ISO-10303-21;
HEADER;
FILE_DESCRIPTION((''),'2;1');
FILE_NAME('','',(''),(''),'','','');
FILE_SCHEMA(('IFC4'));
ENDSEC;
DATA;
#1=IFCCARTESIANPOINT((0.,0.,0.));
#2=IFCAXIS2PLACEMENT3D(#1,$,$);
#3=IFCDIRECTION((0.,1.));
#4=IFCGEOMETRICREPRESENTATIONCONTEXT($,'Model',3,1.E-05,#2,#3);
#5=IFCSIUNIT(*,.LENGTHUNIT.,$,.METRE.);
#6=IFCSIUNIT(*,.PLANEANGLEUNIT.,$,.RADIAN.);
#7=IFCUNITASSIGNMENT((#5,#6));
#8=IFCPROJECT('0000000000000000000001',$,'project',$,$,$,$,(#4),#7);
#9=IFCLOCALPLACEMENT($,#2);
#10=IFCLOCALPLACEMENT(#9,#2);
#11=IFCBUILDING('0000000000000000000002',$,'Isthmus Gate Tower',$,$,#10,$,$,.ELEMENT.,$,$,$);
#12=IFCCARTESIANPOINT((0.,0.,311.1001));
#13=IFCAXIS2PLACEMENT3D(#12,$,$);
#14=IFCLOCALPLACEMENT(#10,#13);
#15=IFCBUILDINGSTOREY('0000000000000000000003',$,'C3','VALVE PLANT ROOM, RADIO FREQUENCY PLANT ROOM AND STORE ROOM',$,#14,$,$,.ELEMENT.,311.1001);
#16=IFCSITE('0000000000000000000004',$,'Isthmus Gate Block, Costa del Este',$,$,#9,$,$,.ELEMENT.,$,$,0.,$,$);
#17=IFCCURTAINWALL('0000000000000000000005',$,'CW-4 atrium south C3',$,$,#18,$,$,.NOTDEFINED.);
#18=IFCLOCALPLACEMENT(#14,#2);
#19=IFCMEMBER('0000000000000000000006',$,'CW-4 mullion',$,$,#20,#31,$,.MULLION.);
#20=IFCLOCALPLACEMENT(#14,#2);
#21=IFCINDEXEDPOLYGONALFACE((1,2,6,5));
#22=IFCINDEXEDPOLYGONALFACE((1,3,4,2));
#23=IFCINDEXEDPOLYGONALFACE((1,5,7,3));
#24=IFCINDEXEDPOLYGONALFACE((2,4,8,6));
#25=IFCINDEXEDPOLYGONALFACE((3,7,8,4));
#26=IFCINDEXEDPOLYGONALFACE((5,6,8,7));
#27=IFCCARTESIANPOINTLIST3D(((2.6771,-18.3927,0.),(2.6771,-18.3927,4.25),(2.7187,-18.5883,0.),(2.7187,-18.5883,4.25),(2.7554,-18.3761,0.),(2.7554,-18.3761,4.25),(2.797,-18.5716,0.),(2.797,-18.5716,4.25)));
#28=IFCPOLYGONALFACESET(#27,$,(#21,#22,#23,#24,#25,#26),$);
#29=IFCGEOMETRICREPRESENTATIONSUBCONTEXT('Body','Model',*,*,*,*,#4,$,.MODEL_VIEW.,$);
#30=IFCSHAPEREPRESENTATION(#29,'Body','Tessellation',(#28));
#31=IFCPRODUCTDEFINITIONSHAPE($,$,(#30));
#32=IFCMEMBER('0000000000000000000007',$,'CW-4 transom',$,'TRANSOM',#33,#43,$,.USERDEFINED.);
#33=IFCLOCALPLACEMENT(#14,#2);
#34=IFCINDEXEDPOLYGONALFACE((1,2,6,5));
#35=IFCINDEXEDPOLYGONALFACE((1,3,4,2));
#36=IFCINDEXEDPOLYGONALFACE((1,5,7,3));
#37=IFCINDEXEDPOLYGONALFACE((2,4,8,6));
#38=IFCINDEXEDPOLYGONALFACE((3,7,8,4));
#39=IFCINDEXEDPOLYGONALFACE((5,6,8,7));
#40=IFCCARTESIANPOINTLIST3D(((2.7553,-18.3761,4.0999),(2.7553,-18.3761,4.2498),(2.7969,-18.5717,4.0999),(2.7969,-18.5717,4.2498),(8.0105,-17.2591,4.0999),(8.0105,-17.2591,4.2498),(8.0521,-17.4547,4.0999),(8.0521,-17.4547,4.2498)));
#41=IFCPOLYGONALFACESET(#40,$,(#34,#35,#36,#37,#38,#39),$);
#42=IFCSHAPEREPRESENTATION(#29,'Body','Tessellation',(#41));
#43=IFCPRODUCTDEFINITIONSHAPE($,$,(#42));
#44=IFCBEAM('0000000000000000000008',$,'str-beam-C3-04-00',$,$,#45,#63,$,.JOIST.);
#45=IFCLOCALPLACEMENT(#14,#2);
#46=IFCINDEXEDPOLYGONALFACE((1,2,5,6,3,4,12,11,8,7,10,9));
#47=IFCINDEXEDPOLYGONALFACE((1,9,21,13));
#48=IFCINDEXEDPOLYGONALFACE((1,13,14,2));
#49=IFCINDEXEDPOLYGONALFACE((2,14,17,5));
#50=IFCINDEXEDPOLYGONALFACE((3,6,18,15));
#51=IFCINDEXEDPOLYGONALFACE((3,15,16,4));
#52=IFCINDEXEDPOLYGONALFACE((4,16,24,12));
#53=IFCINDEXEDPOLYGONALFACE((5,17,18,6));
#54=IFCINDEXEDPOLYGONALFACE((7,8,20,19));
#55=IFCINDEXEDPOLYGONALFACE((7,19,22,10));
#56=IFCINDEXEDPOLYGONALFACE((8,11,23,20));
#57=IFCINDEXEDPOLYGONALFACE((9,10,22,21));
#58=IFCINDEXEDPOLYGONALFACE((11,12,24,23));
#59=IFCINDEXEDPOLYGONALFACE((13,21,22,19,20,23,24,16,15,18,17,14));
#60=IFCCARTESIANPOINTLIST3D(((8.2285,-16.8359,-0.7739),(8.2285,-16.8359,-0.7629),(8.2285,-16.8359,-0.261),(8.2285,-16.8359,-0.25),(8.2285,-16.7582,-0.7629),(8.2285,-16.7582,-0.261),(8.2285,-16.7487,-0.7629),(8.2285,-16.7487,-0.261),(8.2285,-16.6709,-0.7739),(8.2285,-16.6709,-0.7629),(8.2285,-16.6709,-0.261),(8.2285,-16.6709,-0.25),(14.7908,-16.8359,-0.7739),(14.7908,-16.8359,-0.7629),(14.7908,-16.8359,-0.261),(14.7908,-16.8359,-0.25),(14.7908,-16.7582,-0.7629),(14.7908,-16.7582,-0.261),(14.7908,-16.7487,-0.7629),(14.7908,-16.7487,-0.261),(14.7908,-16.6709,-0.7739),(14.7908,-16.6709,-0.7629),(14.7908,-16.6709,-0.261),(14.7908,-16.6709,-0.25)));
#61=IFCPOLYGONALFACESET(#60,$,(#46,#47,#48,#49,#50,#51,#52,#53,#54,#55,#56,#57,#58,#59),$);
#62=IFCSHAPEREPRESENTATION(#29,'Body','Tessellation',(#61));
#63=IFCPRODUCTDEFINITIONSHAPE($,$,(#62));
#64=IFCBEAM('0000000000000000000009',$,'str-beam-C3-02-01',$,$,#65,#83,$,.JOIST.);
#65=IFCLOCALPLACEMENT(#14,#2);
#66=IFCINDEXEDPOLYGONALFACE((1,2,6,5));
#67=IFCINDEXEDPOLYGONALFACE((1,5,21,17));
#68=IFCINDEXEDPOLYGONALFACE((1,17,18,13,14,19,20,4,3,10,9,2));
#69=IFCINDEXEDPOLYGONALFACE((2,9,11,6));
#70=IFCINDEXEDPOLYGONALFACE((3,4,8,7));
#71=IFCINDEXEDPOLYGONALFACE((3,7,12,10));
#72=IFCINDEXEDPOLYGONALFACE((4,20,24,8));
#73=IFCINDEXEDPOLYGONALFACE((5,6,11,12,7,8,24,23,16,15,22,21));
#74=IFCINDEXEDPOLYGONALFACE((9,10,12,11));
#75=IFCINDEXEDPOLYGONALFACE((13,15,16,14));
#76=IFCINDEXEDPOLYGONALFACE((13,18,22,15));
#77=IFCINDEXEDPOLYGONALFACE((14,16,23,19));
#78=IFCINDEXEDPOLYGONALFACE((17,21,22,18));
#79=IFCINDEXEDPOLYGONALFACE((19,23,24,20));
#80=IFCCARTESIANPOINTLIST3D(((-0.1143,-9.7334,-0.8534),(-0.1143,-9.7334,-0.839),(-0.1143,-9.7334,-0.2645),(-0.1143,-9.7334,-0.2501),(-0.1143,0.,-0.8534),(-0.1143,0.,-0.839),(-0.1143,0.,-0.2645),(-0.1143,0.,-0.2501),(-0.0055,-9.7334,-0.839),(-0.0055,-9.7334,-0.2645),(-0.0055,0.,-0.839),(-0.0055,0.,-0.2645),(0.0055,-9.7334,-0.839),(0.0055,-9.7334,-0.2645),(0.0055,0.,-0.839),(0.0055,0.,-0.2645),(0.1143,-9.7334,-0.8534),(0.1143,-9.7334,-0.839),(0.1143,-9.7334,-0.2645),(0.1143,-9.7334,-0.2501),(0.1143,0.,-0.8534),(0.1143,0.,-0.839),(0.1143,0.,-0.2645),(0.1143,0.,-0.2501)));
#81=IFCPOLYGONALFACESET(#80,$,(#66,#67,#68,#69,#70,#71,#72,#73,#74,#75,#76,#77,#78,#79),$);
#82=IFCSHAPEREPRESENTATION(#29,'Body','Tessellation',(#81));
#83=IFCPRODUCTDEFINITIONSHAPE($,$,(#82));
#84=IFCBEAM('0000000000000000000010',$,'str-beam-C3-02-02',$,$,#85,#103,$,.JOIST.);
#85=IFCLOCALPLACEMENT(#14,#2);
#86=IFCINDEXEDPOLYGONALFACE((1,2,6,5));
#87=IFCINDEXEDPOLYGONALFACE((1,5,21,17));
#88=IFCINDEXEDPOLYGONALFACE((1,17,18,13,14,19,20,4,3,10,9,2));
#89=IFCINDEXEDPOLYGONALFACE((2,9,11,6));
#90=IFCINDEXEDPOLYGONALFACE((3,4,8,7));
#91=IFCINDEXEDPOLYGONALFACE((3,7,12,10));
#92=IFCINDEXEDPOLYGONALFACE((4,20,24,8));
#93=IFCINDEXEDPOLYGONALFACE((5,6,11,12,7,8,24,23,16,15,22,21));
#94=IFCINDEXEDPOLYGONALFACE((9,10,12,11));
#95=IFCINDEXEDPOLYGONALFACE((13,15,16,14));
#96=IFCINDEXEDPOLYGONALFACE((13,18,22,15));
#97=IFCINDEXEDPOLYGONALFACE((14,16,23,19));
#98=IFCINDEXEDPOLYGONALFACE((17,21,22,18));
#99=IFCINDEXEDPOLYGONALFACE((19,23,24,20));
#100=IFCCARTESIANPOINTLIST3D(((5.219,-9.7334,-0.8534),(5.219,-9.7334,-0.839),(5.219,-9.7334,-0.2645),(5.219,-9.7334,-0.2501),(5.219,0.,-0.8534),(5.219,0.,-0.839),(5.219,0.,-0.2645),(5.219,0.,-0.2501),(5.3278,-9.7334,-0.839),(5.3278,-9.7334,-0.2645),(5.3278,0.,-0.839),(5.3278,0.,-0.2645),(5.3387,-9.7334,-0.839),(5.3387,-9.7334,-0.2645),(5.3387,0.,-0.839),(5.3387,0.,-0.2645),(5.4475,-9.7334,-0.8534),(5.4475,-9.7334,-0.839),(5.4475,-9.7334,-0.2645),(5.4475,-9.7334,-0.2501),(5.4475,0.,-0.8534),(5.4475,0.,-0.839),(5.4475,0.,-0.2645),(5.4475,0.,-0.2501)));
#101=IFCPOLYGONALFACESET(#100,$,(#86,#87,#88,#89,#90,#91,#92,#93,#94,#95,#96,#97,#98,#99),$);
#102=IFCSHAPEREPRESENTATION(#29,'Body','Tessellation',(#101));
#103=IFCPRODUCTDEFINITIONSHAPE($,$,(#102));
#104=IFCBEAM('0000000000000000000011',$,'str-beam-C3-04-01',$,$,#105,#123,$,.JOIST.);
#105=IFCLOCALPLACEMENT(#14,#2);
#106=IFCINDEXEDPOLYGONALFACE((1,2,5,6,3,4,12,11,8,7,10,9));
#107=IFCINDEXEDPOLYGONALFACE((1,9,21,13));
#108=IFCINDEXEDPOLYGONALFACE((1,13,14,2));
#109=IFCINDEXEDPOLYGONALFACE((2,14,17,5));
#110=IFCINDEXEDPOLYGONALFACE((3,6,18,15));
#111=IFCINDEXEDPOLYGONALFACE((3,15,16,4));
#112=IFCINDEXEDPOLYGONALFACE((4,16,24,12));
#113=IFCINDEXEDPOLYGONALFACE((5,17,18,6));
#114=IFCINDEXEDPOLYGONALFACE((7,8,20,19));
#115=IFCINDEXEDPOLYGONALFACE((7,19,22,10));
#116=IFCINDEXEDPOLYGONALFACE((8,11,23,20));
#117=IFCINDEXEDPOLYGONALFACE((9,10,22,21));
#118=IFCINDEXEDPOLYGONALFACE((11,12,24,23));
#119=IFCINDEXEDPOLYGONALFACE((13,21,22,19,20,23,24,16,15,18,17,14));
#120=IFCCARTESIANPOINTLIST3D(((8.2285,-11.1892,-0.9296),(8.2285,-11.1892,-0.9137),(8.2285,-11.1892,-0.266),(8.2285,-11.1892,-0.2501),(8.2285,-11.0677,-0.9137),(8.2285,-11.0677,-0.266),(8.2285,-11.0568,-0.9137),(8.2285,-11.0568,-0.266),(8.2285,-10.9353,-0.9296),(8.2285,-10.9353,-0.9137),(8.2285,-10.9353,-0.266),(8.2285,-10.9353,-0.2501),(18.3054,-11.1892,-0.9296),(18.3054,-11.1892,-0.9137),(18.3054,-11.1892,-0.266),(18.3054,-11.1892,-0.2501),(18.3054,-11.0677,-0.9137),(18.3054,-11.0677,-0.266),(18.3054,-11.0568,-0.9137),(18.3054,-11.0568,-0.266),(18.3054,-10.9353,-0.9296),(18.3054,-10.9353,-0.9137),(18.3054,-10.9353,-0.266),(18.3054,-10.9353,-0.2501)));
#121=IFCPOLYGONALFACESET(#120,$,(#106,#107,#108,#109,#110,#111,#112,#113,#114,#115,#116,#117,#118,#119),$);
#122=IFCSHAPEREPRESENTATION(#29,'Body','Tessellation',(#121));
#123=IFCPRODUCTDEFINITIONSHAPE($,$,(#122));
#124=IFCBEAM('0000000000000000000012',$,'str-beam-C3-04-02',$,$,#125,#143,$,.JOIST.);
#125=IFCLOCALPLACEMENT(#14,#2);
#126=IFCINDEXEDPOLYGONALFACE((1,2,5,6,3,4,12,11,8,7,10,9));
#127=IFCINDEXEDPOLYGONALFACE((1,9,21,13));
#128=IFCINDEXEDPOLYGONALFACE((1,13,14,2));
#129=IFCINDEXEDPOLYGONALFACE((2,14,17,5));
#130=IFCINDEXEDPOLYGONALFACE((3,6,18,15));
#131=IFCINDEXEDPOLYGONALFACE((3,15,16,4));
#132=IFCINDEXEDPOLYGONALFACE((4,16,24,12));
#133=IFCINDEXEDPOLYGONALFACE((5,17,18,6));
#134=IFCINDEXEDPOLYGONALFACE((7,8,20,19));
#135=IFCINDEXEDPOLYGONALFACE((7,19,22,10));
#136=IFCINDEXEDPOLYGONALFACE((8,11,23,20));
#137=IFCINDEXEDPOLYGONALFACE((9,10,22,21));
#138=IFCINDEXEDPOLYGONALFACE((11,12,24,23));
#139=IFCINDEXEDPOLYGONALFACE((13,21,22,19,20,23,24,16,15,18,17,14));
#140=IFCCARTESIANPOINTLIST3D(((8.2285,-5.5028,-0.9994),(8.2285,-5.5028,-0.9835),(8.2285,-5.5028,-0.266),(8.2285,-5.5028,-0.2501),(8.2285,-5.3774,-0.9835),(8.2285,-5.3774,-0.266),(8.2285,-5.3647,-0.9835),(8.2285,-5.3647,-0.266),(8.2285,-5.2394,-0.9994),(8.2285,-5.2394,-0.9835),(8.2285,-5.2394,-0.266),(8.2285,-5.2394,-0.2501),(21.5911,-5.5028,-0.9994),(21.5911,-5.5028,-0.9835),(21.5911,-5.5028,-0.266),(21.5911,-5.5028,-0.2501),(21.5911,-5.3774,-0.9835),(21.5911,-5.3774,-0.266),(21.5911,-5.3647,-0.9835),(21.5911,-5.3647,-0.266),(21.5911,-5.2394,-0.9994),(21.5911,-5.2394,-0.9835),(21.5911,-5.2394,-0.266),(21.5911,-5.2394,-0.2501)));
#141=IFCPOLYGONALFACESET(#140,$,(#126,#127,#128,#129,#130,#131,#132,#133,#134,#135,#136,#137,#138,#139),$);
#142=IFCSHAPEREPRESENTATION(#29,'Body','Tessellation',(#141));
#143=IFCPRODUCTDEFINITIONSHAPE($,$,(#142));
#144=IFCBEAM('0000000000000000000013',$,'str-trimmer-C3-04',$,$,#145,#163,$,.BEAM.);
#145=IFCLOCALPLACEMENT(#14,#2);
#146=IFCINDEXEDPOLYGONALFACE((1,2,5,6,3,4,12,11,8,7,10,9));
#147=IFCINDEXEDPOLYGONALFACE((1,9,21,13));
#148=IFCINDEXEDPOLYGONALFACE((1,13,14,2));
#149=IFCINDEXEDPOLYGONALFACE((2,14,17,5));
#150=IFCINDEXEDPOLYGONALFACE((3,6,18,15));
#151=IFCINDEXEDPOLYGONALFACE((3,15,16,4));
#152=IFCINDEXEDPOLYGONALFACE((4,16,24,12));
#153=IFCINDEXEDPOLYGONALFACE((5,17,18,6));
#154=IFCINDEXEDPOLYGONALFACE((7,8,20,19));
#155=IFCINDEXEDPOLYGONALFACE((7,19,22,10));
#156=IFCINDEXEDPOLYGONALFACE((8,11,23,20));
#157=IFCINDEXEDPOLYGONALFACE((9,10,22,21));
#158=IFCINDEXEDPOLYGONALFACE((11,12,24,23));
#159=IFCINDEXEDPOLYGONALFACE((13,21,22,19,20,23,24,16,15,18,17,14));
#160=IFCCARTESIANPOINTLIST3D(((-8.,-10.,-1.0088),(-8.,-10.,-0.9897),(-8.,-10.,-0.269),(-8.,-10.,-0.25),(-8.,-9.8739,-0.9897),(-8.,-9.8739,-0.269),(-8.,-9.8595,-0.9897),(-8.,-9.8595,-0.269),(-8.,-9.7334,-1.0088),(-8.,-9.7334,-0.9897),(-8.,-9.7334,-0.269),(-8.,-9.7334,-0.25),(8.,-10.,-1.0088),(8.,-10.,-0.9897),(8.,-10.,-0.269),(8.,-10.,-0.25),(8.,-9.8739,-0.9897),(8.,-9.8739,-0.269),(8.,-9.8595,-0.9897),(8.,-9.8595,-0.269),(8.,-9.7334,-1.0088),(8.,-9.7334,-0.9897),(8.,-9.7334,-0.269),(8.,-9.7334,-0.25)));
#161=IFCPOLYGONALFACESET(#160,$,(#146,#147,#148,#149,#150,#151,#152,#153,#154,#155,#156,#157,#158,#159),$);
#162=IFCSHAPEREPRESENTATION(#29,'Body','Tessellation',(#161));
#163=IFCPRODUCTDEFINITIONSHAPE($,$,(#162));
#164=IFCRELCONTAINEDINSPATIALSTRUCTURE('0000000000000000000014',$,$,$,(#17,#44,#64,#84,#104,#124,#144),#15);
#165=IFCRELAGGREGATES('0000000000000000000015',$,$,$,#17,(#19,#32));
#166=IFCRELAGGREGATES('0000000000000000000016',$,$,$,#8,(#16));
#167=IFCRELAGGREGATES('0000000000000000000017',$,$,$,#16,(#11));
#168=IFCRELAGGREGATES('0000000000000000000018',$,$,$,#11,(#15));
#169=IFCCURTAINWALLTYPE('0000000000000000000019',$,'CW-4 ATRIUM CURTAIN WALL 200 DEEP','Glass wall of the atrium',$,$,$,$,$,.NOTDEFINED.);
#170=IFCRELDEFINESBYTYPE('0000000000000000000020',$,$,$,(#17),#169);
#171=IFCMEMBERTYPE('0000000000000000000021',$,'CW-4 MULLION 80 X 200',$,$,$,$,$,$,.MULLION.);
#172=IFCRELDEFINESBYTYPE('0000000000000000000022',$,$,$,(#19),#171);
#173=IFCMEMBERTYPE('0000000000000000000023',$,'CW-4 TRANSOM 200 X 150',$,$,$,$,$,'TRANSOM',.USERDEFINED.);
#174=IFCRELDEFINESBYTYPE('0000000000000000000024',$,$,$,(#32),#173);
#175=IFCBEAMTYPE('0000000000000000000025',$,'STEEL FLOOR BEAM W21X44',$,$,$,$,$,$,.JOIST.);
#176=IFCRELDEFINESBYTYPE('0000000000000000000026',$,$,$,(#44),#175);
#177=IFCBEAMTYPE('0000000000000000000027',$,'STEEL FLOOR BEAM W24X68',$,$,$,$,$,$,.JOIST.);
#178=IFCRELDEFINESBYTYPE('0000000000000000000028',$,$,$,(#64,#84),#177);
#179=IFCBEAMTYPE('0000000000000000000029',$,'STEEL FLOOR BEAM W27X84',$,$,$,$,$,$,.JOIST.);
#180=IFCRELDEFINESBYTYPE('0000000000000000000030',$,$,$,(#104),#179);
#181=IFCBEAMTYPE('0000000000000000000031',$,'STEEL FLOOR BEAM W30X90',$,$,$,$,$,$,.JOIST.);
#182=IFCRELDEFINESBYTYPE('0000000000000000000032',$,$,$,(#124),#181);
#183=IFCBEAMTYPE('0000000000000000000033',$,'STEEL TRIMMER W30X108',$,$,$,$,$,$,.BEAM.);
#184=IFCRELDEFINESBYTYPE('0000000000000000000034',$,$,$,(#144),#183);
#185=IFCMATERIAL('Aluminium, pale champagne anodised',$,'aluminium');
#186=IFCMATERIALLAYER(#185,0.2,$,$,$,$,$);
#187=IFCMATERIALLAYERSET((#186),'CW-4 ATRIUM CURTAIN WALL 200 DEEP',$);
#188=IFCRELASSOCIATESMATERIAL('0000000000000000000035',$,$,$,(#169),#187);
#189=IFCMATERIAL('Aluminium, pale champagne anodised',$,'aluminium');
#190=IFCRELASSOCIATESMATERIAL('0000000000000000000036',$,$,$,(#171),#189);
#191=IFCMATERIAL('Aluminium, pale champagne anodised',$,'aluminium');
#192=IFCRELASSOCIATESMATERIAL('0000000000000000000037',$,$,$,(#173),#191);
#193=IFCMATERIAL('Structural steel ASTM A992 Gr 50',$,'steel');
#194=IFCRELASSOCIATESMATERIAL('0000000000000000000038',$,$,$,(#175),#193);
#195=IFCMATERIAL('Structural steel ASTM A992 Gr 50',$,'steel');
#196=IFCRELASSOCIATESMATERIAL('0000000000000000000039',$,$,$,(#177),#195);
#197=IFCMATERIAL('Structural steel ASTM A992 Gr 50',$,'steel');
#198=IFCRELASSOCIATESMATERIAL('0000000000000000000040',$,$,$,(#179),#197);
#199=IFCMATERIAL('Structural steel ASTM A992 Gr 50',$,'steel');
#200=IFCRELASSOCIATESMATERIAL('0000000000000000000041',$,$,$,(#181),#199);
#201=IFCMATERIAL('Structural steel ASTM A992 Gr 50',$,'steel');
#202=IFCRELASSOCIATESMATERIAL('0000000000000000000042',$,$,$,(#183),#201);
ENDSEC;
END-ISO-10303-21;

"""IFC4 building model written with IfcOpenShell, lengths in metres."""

from ifc_helpers import new_model, si_unit, direction, frame, origin, origin_2d, place, context, subcontext, project, spatial, rectangle, i_section, extrude, material, layer, layer_set, material_profile, profile_set, type_object, element, aggregate, save


model = new_model("IFC4")

# Units and contexts
model_context = context("Model", 3, precision=1e-05, world=origin(), true_north=direction((0.0, 1.0)))
body_context = subcontext(model_context, "Body", "Model", "MODEL_VIEW")
ifc_project = project(units=[si_unit("LENGTHUNIT", "METRE"), si_unit("PLANEANGLEUNIT", "RADIAN")], contexts=[model_context])

# Site, building, storey
site_placement = place(None, origin())
site = spatial("IfcSite", under=ifc_project, at=site_placement, Name="Isthmus Gate Block, Costa del Este", CompositionType="ELEMENT", RefElevation=0.0)
building_placement = place(site_placement, origin())
building = spatial("IfcBuilding", under=site, at=building_placement, Name="Isthmus Gate Tower", CompositionType="ELEMENT")
storey_placement = place(building_placement, frame((0.0, 0.0, 311.1001)))
storey = spatial("IfcBuildingStorey", under=building, at=storey_placement, Name="C3", Description="VALVE PLANT ROOM, RADIO FREQUENCY PLANT ROOM AND STORE ROOM", CompositionType="ELEMENT", Elevation=311.1001)

# Curtain wall, members
ifc_material_1 = material(Name="Aluminium, pale champagne anodised", Category="aluminium")
ifc_layer_1 = layer(ifc_material_1, 0.2)
ifc_layer_set_1 = layer_set([ifc_layer_1], Name="CW-4 ATRIUM CURTAIN WALL 200 DEEP")
curtain_wall_type = type_object("IfcCurtainWallType", Name="CW-4 ATRIUM CURTAIN WALL 200 DEEP", Description="Glass wall of the atrium", PredefinedType="NOTDEFINED", material=ifc_layer_set_1)
curtain_wall_placement = place(storey_placement, origin())
curtain_wall = element("IfcCurtainWall", 1, at=curtain_wall_placement, inside=storey, type_object=curtain_wall_type, Name="CW-4 atrium south C3", PredefinedType="NOTDEFINED")
ifc_material_2 = material(Name="Aluminium, pale champagne anodised", Category="aluminium")
ifc_material_profile_1 = material_profile(ifc_material_2, rectangle(XDim=0.0801, YDim=0.2, at=origin_2d()), Name="80x200")
ifc_profile_set_1 = profile_set([ifc_material_profile_1], Name="Aluminium, pale champagne anodised")
member_type_1 = type_object("IfcMemberType", Name="CW-4 MULLION 80 X 200", PredefinedType="MULLION", material=ifc_profile_set_1)
member_1_placement = place(storey_placement, frame((2.7371, -18.4822, 0.0), z_axis=(0.0, 0.0, 1.0), x_axis=(0.978148, 0.207912, 0.0)))
member_1 = element("IfcMember", 2, at=member_1_placement, type_object=member_type_1, Name="CW-4 mullion", PredefinedType="MULLION", context=body_context, shape_type="SweptSolid", body=[
    extrude(rectangle(XDim=0.0801, YDim=0.2, at=origin_2d()), origin(), (0.0, 0.0, 1.0), 4.25),
])
ifc_material_3 = material(Name="Aluminium, pale champagne anodised", Category="aluminium")
ifc_material_profile_2 = material_profile(ifc_material_3, rectangle(XDim=0.2, YDim=0.1499, at=origin_2d()), Name="200x150")
ifc_profile_set_2 = profile_set([ifc_material_profile_2], Name="Aluminium, pale champagne anodised")
member_type_2 = type_object("IfcMemberType", Name="CW-4 TRANSOM 200 X 150", ElementType="TRANSOM", PredefinedType="USERDEFINED", material=ifc_profile_set_2)
member_2_placement = place(storey_placement, frame((2.7761, -18.4739, 4.1748), z_axis=(0.97815, 0.2079, 0.0), x_axis=(-0.2079, 0.97815, 0.0)))
member_2 = element("IfcMember", 3, at=member_2_placement, type_object=member_type_2, Name="CW-4 transom", ObjectType="TRANSOM", PredefinedType="USERDEFINED", context=body_context, shape_type="SweptSolid", body=[
    extrude(rectangle(XDim=0.2, YDim=0.1499, at=origin_2d()), origin(), (0.0, 0.0, 1.0), 5.3726),
])

# Beams
ifc_material_4 = material(Name="Structural steel ASTM A992 Gr 50", Category="steel")
ifc_material_profile_3 = material_profile(ifc_material_4, i_section(OverallWidth=0.165, OverallDepth=0.5239, WebThickness=0.0095, FlangeThickness=0.011, at=origin_2d()), Name="W21X44")
ifc_profile_set_3 = profile_set([ifc_material_profile_3], Name="Structural steel ASTM A992 Gr 50")
beam_type_1 = type_object("IfcBeamType", Name="STEEL FLOOR BEAM W21X44", PredefinedType="JOIST", material=ifc_profile_set_3)
beam_1_placement = place(storey_placement, frame((8.2285, -16.7534, -0.512), z_axis=(1.0, 0.0, 0.0), x_axis=(0.0, 1.0, 0.0)))
element("IfcBeam", 4, at=beam_1_placement, inside=storey, type_object=beam_type_1, Name="str-beam-C3-04-00", PredefinedType="JOIST", context=body_context, shape_type="SweptSolid", body=[
    extrude(i_section(OverallWidth=0.165, OverallDepth=0.5239, WebThickness=0.0095, FlangeThickness=0.011, at=origin_2d()), origin(), (0.0, 0.0, 1.0), 6.5623),
])
ifc_material_5 = material(Name="Structural steel ASTM A992 Gr 50", Category="steel")
ifc_material_profile_4 = material_profile(ifc_material_5, i_section(OverallWidth=0.2285, OverallDepth=0.6033, WebThickness=0.011, FlangeThickness=0.0144, at=origin_2d()), Name="W24X68")
ifc_profile_set_4 = profile_set([ifc_material_profile_4], Name="Structural steel ASTM A992 Gr 50")
beam_type_2 = type_object("IfcBeamType", Name="STEEL FLOOR BEAM W24X68", PredefinedType="JOIST", material=ifc_profile_set_4)
for number, where, z_axis, x_axis, name in (
    (5, (0.0, -9.7334, -0.5518), (0.0, 1.0, 0.0), (-1.0, 0.0, 0.0), "str-beam-C3-02-01"),
    (6, (5.3333, -9.7334, -0.5518), (0.0, 1.0, 0.0), (-1.0, 0.0, 0.0), "str-beam-C3-02-02"),
):
    element("IfcBeam", number, at=place(storey_placement, frame(where, z_axis=z_axis, x_axis=x_axis)), inside=storey, type_object=beam_type_2, Name=name, PredefinedType="JOIST", context=body_context, shape_type="SweptSolid", body=[
        extrude(i_section(OverallWidth=0.2285, OverallDepth=0.6033, WebThickness=0.011, FlangeThickness=0.0144, at=origin_2d()), origin(), (0.0, 0.0, 1.0), 9.7334),
    ])
ifc_material_6 = material(Name="Structural steel ASTM A992 Gr 50", Category="steel")
ifc_material_profile_5 = material_profile(ifc_material_6, i_section(OverallWidth=0.2539, OverallDepth=0.6794, WebThickness=0.011, FlangeThickness=0.0159, at=origin_2d()), Name="W27X84")
ifc_profile_set_5 = profile_set([ifc_material_profile_5], Name="Structural steel ASTM A992 Gr 50")
beam_type_3 = type_object("IfcBeamType", Name="STEEL FLOOR BEAM W27X84", PredefinedType="JOIST", material=ifc_profile_set_5)
beam_2_placement = place(storey_placement, frame((8.2285, -11.0623, -0.5898), z_axis=(1.0, 0.0, 0.0), x_axis=(0.0, 1.0, 0.0)))
element("IfcBeam", 7, at=beam_2_placement, inside=storey, type_object=beam_type_3, Name="str-beam-C3-04-01", PredefinedType="JOIST", context=body_context, shape_type="SweptSolid", body=[
    extrude(i_section(OverallWidth=0.2539, OverallDepth=0.6794, WebThickness=0.011, FlangeThickness=0.0159, at=origin_2d()), origin(), (0.0, 0.0, 1.0), 10.0769),
])
ifc_material_7 = material(Name="Structural steel ASTM A992 Gr 50", Category="steel")
ifc_material_profile_6 = material_profile(ifc_material_7, i_section(OverallWidth=0.2634, OverallDepth=0.7493, WebThickness=0.0127, FlangeThickness=0.0159, at=origin_2d()), Name="W30X90")
ifc_profile_set_6 = profile_set([ifc_material_profile_6], Name="Structural steel ASTM A992 Gr 50")
beam_type_4 = type_object("IfcBeamType", Name="STEEL FLOOR BEAM W30X90", PredefinedType="JOIST", material=ifc_profile_set_6)
beam_3_placement = place(storey_placement, frame((8.2285, -5.3711, -0.6248), z_axis=(1.0, 0.0, 0.0), x_axis=(0.0, 1.0, 0.0)))
element("IfcBeam", 8, at=beam_3_placement, inside=storey, type_object=beam_type_4, Name="str-beam-C3-04-02", PredefinedType="JOIST", context=body_context, shape_type="SweptSolid", body=[
    extrude(i_section(OverallWidth=0.2634, OverallDepth=0.7493, WebThickness=0.0127, FlangeThickness=0.0159, at=origin_2d()), origin(), (0.0, 0.0, 1.0), 13.3625),
])
ifc_material_8 = material(Name="Structural steel ASTM A992 Gr 50", Category="steel")
ifc_material_profile_7 = material_profile(ifc_material_8, i_section(OverallWidth=0.2666, OverallDepth=0.7588, WebThickness=0.0144, FlangeThickness=0.019, at=origin_2d()), Name="W30X108")
ifc_profile_set_7 = profile_set([ifc_material_profile_7], Name="Structural steel ASTM A992 Gr 50")
beam_type_5 = type_object("IfcBeamType", Name="STEEL TRIMMER W30X108", PredefinedType="BEAM", material=ifc_profile_set_7)
beam_4_placement = place(storey_placement, frame((8.0, -9.8667, -0.6294), z_axis=(-1.0, 0.0, 0.0), x_axis=(0.0, -1.0, 0.0)))
element("IfcBeam", 9, at=beam_4_placement, inside=storey, type_object=beam_type_5, Name="str-trimmer-C3-04", PredefinedType="BEAM", context=body_context, shape_type="SweptSolid", body=[
    extrude(i_section(OverallWidth=0.2666, OverallDepth=0.7588, WebThickness=0.0144, FlangeThickness=0.019, at=origin_2d()), origin(), (0.0, 0.0, 1.0), 16.0),
])

aggregate(curtain_wall, [member_1, member_2])

save(model, "model.ifc")
